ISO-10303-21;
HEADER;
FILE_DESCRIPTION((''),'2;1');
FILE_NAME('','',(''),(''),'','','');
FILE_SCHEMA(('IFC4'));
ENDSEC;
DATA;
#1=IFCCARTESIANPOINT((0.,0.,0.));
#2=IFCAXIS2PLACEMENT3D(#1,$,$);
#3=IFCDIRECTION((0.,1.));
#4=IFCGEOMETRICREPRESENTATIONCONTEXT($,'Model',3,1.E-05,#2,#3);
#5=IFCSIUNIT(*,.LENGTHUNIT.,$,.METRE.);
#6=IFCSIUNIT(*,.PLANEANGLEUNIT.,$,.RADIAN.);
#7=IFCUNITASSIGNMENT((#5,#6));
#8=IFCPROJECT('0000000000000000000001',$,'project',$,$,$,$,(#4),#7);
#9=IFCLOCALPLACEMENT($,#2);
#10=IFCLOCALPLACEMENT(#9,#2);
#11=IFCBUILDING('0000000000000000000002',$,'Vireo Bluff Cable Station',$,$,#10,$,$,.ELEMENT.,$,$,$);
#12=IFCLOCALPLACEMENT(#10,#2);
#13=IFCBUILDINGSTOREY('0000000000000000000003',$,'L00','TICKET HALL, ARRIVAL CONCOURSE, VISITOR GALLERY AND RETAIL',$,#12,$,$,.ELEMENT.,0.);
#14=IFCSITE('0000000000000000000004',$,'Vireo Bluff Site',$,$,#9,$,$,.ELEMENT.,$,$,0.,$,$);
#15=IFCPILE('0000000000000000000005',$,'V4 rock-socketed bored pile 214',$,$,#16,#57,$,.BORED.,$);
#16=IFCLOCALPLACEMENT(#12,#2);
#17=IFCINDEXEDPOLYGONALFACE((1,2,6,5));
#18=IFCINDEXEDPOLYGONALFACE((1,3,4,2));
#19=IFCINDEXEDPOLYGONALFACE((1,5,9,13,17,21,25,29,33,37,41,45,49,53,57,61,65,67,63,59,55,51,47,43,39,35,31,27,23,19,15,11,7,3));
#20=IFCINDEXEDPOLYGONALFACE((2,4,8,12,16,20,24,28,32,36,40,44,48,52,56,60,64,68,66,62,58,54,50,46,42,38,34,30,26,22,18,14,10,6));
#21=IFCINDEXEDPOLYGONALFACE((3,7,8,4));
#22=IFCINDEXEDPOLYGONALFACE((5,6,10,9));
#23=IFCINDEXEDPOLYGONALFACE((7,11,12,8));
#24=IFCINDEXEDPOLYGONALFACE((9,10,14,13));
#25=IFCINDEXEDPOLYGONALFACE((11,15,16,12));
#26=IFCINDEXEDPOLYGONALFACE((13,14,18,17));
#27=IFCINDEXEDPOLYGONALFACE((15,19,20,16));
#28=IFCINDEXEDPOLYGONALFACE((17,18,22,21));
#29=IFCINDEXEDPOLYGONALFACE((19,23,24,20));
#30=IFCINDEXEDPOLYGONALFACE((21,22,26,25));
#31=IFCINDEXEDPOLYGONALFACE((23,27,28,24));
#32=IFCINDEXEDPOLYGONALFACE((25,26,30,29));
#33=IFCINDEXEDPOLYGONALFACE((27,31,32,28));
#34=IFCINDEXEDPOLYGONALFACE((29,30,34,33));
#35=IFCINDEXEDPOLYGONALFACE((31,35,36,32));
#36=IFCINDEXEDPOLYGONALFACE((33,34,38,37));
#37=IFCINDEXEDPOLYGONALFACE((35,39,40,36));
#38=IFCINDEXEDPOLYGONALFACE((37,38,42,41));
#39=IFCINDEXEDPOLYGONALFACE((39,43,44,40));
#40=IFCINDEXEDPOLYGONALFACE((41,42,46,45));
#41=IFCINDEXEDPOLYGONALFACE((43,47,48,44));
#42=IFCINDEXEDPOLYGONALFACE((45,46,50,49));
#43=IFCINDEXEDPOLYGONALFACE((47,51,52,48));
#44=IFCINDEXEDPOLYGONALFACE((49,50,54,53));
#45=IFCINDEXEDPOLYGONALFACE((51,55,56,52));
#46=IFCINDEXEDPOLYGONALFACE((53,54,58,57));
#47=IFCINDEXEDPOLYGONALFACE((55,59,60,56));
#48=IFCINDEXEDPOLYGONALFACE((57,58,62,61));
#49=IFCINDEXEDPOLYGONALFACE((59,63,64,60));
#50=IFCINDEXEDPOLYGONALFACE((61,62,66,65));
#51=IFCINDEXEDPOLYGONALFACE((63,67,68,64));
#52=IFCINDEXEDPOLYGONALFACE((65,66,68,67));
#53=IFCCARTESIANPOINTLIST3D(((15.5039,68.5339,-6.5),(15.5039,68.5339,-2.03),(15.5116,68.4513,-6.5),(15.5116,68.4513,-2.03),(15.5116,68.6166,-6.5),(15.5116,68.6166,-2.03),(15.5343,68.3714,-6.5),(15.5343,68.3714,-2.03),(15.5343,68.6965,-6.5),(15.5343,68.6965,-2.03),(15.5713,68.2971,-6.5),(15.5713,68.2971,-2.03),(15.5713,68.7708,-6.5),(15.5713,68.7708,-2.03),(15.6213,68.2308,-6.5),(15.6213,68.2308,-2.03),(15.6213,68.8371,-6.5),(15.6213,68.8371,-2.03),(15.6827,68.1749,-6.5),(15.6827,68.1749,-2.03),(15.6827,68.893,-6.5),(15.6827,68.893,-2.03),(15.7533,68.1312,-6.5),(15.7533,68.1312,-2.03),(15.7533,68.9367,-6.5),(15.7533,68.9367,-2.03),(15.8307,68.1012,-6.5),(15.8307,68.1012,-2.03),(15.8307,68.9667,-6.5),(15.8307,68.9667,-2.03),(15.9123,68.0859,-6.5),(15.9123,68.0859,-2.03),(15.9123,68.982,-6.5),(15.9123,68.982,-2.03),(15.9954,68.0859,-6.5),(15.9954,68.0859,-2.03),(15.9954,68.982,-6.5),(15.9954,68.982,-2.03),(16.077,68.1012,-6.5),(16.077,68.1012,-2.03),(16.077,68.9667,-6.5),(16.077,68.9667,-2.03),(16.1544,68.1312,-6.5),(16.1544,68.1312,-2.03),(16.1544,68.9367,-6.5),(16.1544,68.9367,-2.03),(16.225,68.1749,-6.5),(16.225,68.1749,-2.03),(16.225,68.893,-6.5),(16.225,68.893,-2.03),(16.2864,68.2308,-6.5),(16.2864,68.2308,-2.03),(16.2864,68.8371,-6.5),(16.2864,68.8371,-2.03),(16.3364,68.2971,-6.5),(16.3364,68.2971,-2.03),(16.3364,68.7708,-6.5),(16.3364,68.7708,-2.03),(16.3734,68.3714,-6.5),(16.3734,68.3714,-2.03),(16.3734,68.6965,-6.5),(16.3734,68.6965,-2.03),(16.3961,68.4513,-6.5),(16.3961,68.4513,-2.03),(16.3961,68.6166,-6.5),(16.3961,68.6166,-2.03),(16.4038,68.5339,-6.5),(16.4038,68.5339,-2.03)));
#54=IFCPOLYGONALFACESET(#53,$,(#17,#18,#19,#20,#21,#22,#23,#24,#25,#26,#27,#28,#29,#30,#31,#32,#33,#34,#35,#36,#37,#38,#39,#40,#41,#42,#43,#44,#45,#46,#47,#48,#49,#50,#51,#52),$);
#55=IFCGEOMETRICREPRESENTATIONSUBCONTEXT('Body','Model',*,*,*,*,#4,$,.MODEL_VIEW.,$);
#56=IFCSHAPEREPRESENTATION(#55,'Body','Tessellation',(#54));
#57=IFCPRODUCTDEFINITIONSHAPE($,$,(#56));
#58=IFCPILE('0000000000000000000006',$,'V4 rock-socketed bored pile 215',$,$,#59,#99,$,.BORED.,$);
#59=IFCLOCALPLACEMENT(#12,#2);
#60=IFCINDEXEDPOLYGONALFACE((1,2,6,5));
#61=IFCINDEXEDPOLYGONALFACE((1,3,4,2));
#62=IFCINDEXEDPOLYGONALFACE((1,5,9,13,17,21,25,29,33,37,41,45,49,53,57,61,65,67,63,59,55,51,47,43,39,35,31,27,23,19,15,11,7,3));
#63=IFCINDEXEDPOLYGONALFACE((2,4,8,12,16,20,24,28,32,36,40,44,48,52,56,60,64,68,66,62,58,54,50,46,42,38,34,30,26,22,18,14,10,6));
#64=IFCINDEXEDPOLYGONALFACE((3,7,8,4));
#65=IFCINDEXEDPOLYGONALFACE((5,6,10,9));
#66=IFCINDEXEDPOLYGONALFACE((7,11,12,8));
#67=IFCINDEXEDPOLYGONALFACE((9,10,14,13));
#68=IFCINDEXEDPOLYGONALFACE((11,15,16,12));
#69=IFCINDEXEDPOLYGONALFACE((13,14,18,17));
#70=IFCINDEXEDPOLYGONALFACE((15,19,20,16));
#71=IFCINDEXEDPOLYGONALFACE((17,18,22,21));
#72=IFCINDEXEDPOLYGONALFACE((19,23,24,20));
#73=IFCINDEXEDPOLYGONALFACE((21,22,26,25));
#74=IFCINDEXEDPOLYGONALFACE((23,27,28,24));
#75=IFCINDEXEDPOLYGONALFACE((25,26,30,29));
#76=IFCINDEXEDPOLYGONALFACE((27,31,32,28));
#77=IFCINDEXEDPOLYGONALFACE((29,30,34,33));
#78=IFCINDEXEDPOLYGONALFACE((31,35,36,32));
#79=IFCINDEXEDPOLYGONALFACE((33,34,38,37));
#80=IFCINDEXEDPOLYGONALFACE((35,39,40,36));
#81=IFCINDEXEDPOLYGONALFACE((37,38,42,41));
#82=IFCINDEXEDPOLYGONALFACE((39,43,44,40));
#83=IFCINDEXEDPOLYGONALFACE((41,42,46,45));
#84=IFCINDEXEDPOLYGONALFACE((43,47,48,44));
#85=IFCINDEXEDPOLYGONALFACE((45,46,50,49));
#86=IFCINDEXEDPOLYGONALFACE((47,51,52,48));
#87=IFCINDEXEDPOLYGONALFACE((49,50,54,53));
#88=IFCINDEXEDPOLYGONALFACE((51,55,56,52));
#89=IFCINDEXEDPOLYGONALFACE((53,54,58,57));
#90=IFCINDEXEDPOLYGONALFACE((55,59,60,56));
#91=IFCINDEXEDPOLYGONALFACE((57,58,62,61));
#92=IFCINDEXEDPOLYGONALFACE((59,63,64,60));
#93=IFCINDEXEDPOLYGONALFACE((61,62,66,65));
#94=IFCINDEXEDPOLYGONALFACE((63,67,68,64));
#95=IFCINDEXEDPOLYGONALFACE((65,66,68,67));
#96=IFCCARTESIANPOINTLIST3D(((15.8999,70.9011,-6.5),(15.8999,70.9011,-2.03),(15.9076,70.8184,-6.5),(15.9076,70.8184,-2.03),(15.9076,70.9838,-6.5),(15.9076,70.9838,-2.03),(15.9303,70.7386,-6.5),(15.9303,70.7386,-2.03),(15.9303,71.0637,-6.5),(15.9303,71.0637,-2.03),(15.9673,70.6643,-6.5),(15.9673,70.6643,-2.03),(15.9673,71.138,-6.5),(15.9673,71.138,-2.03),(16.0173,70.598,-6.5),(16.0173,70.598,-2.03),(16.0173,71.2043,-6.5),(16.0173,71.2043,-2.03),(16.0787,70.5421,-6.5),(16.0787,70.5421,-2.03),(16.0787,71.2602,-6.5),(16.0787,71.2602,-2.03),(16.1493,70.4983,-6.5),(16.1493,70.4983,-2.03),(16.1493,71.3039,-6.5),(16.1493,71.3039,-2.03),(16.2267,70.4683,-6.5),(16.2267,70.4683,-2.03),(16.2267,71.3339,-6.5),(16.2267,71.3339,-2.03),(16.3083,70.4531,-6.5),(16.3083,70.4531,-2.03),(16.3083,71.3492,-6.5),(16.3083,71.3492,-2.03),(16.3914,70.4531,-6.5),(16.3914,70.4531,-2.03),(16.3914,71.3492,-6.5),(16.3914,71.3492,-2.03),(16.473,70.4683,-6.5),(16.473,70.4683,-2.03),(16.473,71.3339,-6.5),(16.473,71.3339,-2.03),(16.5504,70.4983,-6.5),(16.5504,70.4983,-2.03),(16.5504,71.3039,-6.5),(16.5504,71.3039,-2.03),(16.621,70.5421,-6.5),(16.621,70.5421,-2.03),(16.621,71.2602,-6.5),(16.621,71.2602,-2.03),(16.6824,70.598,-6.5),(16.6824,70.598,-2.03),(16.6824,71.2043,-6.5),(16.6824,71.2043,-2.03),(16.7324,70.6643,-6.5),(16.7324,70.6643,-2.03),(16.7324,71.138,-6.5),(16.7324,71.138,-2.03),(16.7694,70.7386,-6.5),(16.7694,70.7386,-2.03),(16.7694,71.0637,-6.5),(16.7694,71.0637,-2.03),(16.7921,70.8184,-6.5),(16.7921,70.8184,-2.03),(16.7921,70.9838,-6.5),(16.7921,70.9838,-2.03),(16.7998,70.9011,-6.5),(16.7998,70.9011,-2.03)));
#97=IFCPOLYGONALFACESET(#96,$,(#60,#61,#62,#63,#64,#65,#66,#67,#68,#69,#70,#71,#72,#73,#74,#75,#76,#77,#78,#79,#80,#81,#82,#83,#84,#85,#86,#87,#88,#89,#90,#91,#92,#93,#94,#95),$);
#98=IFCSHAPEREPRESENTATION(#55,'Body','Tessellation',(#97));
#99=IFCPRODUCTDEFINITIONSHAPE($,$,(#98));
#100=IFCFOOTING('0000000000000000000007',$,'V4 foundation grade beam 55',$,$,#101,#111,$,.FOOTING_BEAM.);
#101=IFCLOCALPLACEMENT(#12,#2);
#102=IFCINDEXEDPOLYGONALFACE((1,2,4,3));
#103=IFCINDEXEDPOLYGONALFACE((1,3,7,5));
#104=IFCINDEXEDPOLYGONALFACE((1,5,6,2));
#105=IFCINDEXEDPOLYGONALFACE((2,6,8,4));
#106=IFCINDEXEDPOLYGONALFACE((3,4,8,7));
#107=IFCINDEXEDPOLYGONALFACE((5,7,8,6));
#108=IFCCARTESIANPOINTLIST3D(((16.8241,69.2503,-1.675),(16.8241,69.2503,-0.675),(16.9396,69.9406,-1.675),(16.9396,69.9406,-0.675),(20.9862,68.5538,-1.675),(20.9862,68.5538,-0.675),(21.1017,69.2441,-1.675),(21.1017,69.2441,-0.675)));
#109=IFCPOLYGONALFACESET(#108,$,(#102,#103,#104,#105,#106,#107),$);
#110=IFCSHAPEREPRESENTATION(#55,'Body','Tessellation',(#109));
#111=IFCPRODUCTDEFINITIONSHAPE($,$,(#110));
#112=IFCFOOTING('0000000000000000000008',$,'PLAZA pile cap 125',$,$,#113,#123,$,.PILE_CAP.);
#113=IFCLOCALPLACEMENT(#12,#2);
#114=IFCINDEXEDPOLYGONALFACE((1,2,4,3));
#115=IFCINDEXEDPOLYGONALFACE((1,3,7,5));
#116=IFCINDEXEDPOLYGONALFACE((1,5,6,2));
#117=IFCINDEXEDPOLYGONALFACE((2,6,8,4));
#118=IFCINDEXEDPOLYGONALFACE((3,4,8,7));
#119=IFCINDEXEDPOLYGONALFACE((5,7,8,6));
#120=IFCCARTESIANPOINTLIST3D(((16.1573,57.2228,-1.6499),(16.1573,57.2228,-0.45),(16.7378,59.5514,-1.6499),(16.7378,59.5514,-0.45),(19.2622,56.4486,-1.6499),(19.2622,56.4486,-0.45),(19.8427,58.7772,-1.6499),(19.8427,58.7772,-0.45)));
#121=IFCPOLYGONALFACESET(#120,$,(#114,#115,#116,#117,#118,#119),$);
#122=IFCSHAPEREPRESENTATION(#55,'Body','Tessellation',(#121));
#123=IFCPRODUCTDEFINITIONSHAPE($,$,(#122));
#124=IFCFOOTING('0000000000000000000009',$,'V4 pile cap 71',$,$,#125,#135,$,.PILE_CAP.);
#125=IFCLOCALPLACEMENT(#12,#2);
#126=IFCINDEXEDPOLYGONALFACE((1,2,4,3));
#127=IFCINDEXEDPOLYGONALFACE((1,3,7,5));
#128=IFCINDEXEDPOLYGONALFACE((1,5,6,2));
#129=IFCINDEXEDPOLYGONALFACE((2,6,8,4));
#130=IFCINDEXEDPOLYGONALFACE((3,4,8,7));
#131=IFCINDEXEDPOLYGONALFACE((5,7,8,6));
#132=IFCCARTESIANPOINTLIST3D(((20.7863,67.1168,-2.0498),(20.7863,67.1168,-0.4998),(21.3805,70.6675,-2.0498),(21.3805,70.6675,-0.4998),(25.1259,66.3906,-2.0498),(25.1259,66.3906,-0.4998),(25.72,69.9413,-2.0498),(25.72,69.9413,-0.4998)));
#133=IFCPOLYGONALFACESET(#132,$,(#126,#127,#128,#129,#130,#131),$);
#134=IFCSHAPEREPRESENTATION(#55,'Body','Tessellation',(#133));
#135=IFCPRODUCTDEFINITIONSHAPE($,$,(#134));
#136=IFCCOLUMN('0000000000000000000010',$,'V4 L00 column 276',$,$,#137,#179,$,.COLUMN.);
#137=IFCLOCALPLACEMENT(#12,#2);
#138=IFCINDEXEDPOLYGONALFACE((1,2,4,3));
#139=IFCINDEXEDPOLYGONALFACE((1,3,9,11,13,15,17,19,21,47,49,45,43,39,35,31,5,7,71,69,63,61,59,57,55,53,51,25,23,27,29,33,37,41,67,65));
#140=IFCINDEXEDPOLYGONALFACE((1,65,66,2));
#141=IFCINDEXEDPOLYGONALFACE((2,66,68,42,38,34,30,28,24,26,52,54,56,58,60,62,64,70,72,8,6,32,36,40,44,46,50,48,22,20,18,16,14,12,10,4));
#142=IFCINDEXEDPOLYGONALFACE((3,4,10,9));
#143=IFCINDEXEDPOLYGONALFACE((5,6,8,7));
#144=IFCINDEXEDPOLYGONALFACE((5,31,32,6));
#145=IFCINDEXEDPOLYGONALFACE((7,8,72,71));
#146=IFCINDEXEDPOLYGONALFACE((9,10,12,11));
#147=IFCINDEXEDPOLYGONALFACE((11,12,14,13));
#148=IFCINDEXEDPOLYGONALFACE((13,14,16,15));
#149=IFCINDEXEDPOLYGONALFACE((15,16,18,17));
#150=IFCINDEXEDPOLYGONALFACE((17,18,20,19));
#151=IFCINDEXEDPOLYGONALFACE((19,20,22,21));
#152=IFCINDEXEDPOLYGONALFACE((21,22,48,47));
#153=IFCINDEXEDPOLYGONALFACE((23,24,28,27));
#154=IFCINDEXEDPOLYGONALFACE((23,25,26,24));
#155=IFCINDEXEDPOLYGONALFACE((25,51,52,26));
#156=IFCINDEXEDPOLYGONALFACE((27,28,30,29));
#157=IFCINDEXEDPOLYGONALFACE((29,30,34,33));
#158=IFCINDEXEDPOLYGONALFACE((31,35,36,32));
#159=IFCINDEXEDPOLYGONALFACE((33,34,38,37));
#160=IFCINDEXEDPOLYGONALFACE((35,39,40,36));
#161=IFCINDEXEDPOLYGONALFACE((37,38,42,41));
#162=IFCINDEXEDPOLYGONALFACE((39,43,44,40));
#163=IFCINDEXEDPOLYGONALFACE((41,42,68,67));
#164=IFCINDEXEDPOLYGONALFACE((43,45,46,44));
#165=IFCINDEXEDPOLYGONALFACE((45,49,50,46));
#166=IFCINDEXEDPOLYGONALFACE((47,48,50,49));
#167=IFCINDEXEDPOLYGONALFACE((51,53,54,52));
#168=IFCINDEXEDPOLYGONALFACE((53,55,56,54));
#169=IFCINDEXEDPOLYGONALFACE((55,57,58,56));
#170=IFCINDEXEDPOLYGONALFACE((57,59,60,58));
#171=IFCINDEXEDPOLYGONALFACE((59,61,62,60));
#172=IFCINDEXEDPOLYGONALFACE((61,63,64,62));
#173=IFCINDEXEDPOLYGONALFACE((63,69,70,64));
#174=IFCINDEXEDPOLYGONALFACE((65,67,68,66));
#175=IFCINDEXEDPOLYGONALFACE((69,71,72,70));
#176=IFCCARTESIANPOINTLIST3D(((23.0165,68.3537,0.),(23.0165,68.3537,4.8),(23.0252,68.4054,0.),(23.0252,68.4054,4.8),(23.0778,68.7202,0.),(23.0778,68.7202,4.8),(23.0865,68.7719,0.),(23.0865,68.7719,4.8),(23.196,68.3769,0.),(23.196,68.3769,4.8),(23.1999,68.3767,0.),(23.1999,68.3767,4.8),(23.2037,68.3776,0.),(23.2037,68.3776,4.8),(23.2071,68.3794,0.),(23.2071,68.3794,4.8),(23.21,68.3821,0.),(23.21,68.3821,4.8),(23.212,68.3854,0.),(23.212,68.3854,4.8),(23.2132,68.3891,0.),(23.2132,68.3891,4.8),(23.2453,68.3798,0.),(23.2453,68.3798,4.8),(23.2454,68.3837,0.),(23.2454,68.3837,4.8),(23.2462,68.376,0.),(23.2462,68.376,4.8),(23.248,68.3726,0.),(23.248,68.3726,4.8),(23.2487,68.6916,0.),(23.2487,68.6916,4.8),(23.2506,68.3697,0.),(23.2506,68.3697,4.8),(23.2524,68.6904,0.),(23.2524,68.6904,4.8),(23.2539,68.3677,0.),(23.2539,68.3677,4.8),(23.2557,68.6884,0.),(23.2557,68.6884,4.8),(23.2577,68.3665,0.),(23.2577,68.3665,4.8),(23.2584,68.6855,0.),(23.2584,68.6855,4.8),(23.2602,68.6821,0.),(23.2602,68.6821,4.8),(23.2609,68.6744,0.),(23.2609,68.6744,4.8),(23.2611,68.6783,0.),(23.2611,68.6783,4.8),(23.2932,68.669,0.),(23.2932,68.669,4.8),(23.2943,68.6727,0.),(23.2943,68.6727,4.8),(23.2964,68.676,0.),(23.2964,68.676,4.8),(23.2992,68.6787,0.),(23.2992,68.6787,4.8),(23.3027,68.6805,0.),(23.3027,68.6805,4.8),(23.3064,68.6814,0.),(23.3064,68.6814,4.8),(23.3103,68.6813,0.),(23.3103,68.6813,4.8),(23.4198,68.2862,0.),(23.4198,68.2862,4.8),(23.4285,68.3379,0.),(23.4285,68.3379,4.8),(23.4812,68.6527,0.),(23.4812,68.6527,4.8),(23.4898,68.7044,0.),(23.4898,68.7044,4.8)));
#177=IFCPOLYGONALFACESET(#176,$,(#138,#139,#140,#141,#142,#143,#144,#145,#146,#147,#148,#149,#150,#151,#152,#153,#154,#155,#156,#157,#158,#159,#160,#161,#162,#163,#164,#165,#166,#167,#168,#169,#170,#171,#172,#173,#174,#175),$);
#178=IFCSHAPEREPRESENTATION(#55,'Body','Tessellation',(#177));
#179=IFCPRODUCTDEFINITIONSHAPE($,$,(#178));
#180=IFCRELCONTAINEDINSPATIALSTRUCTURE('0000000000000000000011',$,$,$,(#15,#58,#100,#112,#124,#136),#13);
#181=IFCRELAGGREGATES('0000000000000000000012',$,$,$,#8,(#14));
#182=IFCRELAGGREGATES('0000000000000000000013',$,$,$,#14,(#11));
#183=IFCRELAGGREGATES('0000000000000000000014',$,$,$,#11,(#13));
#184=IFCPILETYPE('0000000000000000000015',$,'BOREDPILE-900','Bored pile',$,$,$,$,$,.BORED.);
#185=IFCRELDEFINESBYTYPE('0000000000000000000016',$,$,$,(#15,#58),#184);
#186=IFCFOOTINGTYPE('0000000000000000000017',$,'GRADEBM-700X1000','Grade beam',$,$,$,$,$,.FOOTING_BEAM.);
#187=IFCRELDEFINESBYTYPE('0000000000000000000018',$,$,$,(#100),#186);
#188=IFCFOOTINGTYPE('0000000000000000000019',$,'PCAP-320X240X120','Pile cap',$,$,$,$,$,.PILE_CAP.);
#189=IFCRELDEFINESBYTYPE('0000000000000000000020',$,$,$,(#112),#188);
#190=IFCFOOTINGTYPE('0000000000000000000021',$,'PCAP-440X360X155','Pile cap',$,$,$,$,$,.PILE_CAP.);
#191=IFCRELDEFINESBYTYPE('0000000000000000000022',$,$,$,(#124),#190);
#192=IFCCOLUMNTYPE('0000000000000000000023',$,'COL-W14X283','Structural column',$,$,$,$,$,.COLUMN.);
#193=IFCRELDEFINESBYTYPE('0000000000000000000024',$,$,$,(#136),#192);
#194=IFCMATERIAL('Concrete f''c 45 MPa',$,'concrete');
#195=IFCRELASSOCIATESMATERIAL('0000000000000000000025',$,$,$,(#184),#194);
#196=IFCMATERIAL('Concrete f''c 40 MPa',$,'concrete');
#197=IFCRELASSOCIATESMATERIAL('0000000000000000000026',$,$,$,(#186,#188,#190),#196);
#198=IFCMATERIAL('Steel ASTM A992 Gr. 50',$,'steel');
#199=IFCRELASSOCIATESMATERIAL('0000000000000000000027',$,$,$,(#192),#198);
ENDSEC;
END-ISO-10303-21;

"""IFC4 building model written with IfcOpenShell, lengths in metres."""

from ifc_helpers import new_model, si_unit, direction, frame, origin, origin_2d, place, context, subcontext, project, spatial, rectangle, circle, i_section, extrude, material, material_profile, profile_set, type_object, element, save


model = new_model("IFC4")

# Units and contexts
model_context = context("Model", 3, precision=1e-05, world=origin(), true_north=direction((0.0, 1.0)))
body_context = subcontext(model_context, "Body", "Model", "MODEL_VIEW")
ifc_project = project(units=[si_unit("LENGTHUNIT", "METRE"), si_unit("PLANEANGLEUNIT", "RADIAN")], contexts=[model_context])

# Site, building, storey
site_placement = place(None, origin())
site = spatial("IfcSite", under=ifc_project, at=site_placement, Name="Vireo Bluff Site", CompositionType="ELEMENT", RefElevation=0.0)
building_placement = place(site_placement, origin())
building = spatial("IfcBuilding", under=site, at=building_placement, Name="Vireo Bluff Cable Station", CompositionType="ELEMENT")
storey_placement = place(building_placement, origin())
storey = spatial("IfcBuildingStorey", under=building, at=storey_placement, Name="L00", Description="TICKET HALL, ARRIVAL CONCOURSE, VISITOR GALLERY AND RETAIL", CompositionType="ELEMENT", Elevation=0.0)

# Piles
ifc_material_1 = material(Name="Concrete f'c 45 MPa", Category="concrete")
ifc_material_profile_1 = material_profile(ifc_material_1, circle(Radius=0.45, at=origin_2d()), Name="BOREDPILE-900")
ifc_profile_set_1 = profile_set([ifc_material_profile_1], Name="Concrete f'c 45 MPa")
pile_type_1 = type_object("IfcPileType", Name="BOREDPILE-900", Description="Bored pile", PredefinedType="BORED", material=ifc_profile_set_1)
for number, where, z_axis, x_axis, name in (
    (1, (15.9539, 68.5339, -2.03), (0.0, 0.0, -1.0), (1.0, 0.0, 0.0), "V4 rock-socketed bored pile 214"),
    (2, (16.3499, 70.9011, -2.03), (0.0, 0.0, -1.0), (1.0, 0.0, 0.0), "V4 rock-socketed bored pile 215"),
):
    element("IfcPile", number, at=place(storey_placement, frame(where, z_axis=z_axis, x_axis=x_axis)), inside=storey, type_object=pile_type_1, Name=name, PredefinedType="BORED", context=body_context, shape_type="SweptSolid", body=[
        extrude(circle(Radius=0.45, at=origin_2d()), origin(), (0.0, 0.0, 1.0), 4.47),
    ])

# Footings
ifc_material_2 = material(Name="Concrete f'c 40 MPa", Category="concrete")
ifc_material_profile_2 = material_profile(ifc_material_2, rectangle(XDim=0.7, YDim=1.0, at=origin_2d()), Name="GRADEBM-700X1000")
ifc_profile_set_2 = profile_set([ifc_material_profile_2], Name="Concrete f'c 40 MPa")
footing_type_1 = type_object("IfcFootingType", Name="GRADEBM-700X1000", Description="Grade beam", PredefinedType="FOOTING_BEAM", material=ifc_profile_set_2)
footing_1_placement = place(storey_placement, frame((16.8818, 69.5955, -1.175), z_axis=(0.986284, -0.165056, 0.0), x_axis=(0.165056, 0.986284, 0.0)))
element("IfcFooting", 3, at=footing_1_placement, inside=storey, type_object=footing_type_1, Name="V4 foundation grade beam 55", PredefinedType="FOOTING_BEAM", context=body_context, shape_type="SweptSolid", body=[
    extrude(rectangle(XDim=0.7, YDim=1.0, at=origin_2d()), origin(), (0.0, 0.0, 1.0), 4.22),
])
footing_type_2 = type_object("IfcFootingType", Name="PCAP-320X240X120", Description="Pile cap", PredefinedType="PILE_CAP", material=ifc_material_2)
footing_2_placement = place(storey_placement, frame((18.0, 58.0, -1.6499), z_axis=(0.0, 0.0, 1.0), x_axis=(0.970296, -0.241922, 0.0)))
element("IfcFooting", 4, at=footing_2_placement, inside=storey, type_object=footing_type_2, Name="PLAZA pile cap 125", PredefinedType="PILE_CAP", context=body_context, shape_type="SweptSolid", body=[
    extrude(rectangle(XDim=3.2, YDim=2.3999, at=origin_2d()), origin(), (0.0, 0.0, 1.0), 1.2),
])
footing_type_3 = type_object("IfcFootingType", Name="PCAP-440X360X155", Description="Pile cap", PredefinedType="PILE_CAP", material=ifc_material_2)
footing_3_placement = place(storey_placement, frame((23.2532, 68.5291, -2.0498), z_axis=(0.0, 0.0, 1.0), x_axis=(0.986286, -0.165048, 0.0)))
element("IfcFooting", 5, at=footing_3_placement, inside=storey, type_object=footing_type_3, Name="V4 pile cap 71", PredefinedType="PILE_CAP", context=body_context, shape_type="SweptSolid", body=[
    extrude(rectangle(XDim=4.3999, YDim=3.6001, at=origin_2d()), origin(), (0.0, 0.0, 1.0), 1.55),
])

# Column
ifc_material_3 = material(Name="Steel ASTM A992 Gr. 50", Category="steel")
ifc_material_profile_3 = material_profile(ifc_material_3, i_section(OverallWidth=0.4089, OverallDepth=0.4241, WebThickness=0.0327, FlangeThickness=0.0525, FilletRadius=0.0149, at=origin_2d()), Name="W14X283")
ifc_profile_set_3 = profile_set([ifc_material_profile_3], Name="Steel ASTM A992 Gr. 50")
column_type = type_object("IfcColumnType", Name="COL-W14X283", Description="Structural column", PredefinedType="COLUMN", material=ifc_profile_set_3)
column_placement = place(storey_placement, frame((23.2532, 68.5291, 0.0), z_axis=(0.0, 0.0, 1.0), x_axis=(0.986286, -0.165048, 0.0)))
element("IfcColumn", 6, at=column_placement, inside=storey, type_object=column_type, Name="V4 L00 column 276", PredefinedType="COLUMN", context=body_context, shape_type="SweptSolid", body=[
    extrude(i_section(OverallWidth=0.4089, OverallDepth=0.4241, WebThickness=0.0327, FlangeThickness=0.0525, FilletRadius=0.0149, at=origin_2d()), origin(), (0.0, 0.0, 1.0), 4.8),
])

save(model, "model.ifc")
